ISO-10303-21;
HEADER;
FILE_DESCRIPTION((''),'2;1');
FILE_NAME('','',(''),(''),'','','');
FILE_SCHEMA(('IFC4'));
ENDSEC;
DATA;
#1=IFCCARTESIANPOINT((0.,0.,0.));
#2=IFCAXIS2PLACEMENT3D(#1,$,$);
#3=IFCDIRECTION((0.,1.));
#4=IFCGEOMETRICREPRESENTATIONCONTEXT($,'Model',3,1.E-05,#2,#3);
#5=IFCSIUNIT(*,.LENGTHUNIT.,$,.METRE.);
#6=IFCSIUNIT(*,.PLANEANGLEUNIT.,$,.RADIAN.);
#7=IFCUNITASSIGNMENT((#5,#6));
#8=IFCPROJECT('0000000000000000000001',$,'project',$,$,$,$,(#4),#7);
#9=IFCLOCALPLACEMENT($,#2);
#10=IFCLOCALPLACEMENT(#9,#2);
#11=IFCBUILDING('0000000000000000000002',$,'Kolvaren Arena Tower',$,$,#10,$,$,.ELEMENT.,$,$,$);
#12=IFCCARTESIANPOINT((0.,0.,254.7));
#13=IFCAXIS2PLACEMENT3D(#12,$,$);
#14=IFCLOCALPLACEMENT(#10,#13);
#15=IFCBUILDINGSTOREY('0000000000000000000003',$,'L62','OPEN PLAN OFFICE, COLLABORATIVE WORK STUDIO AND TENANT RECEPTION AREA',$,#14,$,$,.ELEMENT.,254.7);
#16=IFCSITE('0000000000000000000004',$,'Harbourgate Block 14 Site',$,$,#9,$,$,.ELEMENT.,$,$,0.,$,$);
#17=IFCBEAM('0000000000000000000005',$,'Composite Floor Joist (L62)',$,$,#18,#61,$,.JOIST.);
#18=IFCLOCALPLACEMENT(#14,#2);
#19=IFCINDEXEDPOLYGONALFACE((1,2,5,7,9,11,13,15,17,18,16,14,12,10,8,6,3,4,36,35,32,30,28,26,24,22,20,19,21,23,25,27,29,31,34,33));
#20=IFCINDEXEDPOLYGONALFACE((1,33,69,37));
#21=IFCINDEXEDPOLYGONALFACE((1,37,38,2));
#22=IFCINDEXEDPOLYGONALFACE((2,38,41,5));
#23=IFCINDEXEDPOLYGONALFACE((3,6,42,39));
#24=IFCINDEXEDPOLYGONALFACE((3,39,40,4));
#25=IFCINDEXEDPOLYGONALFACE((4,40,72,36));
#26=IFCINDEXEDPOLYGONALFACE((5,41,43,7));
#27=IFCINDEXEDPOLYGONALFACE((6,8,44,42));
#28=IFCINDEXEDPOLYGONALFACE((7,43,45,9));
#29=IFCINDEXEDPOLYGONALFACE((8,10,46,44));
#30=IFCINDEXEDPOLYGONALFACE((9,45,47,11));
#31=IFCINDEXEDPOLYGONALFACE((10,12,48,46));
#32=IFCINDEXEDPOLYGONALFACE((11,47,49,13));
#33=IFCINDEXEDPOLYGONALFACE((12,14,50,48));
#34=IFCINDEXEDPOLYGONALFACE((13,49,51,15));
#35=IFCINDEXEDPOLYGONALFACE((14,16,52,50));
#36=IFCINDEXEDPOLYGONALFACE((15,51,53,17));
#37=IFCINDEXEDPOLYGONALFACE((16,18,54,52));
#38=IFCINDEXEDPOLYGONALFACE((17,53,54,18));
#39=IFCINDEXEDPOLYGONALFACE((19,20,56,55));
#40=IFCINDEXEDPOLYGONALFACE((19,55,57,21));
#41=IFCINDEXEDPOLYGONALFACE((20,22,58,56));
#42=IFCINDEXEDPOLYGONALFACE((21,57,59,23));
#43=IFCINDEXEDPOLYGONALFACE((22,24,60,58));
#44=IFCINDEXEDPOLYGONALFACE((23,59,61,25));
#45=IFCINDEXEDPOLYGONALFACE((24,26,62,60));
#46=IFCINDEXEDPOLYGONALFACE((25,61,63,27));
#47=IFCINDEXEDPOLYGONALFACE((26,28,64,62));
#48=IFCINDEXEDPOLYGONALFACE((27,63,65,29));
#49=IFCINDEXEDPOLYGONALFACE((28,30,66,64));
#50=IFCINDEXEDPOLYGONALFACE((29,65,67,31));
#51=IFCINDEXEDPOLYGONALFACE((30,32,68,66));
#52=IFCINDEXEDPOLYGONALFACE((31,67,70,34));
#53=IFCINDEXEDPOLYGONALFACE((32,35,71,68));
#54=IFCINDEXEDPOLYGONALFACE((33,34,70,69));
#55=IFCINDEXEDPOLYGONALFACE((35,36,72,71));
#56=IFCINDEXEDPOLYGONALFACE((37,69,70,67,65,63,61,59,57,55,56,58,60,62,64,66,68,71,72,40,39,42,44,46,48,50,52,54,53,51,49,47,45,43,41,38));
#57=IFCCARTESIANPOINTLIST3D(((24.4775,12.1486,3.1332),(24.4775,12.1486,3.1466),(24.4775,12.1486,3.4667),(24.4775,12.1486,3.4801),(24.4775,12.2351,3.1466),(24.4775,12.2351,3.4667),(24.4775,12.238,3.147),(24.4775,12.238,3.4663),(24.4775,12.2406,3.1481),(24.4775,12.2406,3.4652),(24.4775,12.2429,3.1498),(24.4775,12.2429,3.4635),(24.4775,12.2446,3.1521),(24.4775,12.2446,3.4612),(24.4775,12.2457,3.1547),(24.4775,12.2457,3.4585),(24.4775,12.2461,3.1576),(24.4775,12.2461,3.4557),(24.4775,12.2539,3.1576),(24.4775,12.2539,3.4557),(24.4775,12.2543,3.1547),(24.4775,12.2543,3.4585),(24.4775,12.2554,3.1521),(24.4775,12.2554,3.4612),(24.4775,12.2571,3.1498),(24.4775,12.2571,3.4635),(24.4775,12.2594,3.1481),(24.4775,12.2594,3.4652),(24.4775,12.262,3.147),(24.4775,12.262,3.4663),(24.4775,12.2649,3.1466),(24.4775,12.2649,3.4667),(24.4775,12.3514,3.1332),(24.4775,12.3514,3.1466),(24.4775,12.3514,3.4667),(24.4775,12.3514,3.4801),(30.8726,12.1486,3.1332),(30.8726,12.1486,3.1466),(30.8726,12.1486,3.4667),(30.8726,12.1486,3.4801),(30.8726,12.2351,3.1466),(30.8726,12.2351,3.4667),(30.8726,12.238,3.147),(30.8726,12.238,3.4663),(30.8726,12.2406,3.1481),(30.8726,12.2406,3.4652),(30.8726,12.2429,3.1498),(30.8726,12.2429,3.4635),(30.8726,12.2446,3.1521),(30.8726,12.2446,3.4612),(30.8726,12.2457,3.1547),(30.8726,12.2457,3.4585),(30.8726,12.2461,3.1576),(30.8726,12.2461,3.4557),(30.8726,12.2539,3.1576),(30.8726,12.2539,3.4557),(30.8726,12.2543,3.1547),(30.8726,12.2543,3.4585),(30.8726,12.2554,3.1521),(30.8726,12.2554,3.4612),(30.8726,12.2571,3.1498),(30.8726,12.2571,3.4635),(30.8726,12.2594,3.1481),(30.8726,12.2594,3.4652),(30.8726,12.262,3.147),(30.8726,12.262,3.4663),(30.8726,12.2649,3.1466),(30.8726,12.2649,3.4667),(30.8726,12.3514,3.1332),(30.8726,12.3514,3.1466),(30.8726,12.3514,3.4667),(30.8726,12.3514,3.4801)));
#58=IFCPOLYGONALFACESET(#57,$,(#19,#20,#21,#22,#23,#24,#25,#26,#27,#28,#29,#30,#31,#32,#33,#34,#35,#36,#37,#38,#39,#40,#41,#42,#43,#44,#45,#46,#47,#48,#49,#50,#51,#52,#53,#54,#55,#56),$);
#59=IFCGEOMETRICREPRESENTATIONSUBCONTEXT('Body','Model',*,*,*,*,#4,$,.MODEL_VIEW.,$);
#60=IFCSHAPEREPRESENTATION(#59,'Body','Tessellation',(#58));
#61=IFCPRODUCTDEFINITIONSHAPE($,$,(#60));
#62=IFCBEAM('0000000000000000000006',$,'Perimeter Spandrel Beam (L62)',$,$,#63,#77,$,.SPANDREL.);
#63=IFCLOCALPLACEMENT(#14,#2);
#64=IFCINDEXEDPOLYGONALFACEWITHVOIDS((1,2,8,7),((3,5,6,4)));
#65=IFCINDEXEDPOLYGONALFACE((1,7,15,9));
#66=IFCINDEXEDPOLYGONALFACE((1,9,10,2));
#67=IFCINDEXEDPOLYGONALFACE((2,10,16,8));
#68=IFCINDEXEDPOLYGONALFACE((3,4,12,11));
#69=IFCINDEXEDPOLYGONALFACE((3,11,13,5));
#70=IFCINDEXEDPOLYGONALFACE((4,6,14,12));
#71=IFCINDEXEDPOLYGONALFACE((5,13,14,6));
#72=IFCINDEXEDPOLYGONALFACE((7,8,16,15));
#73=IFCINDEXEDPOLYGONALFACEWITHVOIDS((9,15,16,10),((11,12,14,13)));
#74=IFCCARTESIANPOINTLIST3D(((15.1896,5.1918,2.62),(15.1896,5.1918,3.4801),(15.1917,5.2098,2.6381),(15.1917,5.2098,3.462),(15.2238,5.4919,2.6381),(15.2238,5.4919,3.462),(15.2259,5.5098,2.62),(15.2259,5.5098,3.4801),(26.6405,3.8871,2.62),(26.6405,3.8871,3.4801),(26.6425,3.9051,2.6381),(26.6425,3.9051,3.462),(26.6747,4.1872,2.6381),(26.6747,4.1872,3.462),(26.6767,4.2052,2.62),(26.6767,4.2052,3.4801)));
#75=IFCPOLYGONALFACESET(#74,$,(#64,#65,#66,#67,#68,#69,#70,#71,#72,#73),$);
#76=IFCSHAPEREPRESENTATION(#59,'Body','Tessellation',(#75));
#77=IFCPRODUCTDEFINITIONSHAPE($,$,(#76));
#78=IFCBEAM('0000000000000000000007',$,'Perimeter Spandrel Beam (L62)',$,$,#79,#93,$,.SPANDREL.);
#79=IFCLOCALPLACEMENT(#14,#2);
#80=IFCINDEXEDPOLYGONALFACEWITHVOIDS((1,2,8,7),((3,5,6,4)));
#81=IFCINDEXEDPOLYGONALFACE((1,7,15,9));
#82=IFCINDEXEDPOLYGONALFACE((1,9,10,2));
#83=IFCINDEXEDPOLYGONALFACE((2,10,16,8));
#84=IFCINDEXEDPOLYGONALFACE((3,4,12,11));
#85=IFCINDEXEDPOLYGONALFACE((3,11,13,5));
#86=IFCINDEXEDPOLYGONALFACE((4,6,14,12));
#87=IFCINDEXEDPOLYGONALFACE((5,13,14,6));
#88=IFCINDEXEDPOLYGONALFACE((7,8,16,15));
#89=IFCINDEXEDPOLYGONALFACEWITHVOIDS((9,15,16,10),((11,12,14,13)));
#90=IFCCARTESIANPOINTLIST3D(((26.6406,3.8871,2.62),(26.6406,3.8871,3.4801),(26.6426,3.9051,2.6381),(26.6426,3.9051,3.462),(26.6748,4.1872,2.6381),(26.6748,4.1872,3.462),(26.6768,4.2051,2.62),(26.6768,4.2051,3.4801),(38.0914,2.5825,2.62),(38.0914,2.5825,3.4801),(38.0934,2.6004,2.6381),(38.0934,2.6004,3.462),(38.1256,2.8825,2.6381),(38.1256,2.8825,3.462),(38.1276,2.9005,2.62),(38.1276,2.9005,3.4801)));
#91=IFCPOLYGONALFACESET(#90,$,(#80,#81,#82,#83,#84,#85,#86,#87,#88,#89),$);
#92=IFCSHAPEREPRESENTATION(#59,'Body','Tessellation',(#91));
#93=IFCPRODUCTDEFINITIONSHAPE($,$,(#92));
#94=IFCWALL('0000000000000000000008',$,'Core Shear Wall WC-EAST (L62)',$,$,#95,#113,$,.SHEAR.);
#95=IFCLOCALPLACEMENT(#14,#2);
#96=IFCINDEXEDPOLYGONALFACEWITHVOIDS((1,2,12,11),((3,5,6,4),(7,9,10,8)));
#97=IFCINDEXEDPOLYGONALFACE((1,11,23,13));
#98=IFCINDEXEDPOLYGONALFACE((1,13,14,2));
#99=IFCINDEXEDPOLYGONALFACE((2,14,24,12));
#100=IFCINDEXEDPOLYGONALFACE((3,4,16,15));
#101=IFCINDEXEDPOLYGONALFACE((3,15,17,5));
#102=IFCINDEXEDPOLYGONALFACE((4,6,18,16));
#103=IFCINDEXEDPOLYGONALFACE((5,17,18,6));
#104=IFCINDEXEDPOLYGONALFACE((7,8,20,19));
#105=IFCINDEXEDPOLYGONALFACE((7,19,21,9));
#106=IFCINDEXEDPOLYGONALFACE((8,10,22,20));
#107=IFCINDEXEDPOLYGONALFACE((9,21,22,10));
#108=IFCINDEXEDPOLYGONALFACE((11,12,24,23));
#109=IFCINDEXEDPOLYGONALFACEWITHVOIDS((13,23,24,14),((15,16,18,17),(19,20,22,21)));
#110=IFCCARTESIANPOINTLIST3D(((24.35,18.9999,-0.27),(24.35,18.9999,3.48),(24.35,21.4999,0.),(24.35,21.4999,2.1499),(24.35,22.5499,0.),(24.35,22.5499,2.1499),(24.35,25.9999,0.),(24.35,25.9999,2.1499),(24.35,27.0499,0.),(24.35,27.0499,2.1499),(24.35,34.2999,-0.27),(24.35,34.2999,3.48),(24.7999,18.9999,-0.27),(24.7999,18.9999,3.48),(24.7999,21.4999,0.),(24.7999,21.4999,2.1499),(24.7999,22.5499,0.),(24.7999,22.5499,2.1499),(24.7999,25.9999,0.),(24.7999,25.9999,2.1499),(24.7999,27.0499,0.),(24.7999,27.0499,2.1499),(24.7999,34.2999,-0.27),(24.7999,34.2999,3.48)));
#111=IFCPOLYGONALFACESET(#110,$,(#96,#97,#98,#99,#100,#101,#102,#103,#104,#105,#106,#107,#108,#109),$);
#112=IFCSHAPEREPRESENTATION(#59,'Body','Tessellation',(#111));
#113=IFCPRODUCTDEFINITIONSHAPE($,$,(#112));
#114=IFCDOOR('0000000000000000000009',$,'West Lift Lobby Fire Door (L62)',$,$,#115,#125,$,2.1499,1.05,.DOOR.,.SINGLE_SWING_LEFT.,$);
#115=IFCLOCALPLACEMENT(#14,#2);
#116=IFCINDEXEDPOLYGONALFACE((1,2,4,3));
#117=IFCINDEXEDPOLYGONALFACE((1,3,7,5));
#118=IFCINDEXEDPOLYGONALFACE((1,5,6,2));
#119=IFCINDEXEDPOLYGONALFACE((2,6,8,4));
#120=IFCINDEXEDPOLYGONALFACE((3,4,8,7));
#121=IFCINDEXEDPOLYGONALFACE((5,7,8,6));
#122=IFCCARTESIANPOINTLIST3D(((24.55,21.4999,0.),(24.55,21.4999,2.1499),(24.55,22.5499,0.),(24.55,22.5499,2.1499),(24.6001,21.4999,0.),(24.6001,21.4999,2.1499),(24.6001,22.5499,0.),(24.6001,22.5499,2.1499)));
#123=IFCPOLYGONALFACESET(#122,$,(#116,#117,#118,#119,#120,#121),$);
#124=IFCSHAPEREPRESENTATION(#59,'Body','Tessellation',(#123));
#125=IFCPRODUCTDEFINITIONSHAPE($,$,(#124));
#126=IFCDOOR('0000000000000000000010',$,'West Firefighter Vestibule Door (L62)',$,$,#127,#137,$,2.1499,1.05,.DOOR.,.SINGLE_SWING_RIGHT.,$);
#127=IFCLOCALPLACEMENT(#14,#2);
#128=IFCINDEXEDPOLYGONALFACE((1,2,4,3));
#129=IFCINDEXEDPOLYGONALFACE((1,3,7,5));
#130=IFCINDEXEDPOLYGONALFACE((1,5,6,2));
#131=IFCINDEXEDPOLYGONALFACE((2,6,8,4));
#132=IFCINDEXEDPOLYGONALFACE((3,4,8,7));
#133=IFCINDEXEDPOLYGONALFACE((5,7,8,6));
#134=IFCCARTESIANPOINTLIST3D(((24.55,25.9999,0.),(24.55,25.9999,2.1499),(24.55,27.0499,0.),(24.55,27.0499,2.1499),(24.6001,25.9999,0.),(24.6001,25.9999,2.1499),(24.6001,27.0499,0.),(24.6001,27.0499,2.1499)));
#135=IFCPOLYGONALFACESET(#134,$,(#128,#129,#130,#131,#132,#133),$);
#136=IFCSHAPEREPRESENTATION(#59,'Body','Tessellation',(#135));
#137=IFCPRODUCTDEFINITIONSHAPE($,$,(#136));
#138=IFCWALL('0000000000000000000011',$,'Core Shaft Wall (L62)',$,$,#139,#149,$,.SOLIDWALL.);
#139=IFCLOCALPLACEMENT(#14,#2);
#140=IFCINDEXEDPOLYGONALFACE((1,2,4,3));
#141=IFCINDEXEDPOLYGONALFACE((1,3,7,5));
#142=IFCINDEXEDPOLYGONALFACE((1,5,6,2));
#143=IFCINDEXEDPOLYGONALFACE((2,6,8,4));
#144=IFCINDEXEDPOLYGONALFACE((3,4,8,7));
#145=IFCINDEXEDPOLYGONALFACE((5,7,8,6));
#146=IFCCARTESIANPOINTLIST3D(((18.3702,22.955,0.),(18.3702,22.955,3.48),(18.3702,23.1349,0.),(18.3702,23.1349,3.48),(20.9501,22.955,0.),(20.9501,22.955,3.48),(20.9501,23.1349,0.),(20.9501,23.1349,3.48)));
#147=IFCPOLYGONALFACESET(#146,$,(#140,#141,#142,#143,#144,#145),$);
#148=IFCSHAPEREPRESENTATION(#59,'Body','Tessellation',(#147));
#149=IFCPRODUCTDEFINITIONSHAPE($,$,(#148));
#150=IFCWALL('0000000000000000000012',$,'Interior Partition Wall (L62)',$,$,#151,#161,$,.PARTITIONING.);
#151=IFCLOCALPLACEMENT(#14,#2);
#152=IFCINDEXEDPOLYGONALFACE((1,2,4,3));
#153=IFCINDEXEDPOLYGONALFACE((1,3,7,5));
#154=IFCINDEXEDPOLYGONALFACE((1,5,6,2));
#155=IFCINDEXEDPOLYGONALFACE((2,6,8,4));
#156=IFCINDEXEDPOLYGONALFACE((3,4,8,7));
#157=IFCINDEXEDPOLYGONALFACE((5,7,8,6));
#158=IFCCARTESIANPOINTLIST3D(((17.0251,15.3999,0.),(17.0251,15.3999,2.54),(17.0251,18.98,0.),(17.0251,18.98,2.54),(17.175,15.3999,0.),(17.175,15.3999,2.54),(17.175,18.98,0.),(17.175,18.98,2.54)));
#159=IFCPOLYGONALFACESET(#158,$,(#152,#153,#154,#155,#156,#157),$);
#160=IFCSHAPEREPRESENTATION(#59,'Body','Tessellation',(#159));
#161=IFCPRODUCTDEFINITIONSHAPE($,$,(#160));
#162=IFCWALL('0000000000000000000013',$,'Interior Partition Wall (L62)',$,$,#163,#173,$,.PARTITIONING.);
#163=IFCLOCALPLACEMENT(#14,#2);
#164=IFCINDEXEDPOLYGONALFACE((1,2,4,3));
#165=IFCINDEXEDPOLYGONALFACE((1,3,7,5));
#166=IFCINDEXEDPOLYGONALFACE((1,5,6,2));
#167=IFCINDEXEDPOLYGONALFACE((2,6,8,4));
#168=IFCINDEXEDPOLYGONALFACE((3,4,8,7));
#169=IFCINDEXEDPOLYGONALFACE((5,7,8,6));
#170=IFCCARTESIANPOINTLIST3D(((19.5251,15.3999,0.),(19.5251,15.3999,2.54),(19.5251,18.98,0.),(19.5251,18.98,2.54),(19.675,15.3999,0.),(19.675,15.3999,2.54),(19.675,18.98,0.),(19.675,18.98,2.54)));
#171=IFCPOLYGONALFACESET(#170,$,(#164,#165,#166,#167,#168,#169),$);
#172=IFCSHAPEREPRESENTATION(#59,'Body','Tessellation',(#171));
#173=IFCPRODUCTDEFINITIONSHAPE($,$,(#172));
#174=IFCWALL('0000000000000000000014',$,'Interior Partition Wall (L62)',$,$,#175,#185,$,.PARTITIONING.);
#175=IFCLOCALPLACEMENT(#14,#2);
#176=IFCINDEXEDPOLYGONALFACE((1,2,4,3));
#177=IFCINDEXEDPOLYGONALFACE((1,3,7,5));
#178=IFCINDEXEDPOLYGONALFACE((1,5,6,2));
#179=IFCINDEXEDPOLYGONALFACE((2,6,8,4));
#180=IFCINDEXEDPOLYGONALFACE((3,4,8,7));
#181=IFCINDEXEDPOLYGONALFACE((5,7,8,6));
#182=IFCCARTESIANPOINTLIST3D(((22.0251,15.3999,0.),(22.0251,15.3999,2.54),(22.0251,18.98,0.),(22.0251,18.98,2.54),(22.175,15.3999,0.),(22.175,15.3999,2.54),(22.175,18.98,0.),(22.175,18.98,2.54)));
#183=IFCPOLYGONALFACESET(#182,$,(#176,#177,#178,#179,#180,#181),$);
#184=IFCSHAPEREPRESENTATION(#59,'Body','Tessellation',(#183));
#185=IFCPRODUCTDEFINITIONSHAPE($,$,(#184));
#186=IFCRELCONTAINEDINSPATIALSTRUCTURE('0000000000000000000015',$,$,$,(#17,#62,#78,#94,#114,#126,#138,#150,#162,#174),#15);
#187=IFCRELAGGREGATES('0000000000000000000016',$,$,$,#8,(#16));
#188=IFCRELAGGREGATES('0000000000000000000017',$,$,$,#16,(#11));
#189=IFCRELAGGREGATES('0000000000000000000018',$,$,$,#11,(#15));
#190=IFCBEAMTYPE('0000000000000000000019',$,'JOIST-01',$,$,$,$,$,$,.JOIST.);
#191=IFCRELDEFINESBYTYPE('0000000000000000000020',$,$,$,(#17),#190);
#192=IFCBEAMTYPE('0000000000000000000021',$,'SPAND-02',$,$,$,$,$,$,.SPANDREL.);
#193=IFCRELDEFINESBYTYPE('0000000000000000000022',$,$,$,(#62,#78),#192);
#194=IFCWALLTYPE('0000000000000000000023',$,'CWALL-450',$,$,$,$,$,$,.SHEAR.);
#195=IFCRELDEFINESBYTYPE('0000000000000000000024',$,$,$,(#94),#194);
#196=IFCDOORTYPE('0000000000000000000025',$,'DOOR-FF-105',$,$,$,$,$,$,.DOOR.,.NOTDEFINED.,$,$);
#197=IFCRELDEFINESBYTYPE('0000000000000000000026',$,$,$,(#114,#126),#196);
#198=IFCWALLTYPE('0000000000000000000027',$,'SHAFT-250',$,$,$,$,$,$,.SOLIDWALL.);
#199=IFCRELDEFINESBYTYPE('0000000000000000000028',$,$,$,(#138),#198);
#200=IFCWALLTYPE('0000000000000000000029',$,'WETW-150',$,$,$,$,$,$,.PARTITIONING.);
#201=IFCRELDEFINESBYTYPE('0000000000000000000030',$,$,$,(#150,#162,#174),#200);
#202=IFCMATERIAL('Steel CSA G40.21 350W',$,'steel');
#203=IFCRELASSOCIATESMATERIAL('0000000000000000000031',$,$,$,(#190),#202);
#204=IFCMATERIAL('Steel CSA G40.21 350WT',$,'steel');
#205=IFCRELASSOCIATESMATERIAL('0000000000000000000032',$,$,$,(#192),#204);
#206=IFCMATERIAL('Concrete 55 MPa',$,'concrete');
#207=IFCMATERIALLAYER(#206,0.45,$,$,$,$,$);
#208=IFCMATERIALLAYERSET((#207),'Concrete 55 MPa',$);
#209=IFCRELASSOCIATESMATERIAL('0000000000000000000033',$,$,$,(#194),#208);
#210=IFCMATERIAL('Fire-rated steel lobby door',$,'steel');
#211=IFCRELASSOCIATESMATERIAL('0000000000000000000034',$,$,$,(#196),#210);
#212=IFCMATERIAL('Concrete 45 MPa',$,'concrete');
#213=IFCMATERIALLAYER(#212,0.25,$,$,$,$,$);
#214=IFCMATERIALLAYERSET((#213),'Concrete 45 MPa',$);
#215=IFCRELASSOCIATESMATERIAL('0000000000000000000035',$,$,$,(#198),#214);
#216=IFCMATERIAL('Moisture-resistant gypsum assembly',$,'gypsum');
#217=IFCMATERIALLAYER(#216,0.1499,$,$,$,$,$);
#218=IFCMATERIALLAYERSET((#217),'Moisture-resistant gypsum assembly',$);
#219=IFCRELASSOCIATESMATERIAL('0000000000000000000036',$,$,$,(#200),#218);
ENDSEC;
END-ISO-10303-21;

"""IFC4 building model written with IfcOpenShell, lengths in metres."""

from ifc_helpers import new_model, si_unit, direction, frame, frame_2d, origin, origin_2d, place, context, subcontext, project, spatial, rectangle, hollow_rectangle, i_section, extrude, material, layer, layer_set, material_profile, profile_set, type_object, element, fill, save


model = new_model("IFC4")

# Units and contexts
model_context = context("Model", 3, precision=1e-05, world=origin(), true_north=direction((0.0, 1.0)))
body_context = subcontext(model_context, "Body", "Model", "MODEL_VIEW")
ifc_project = project(units=[si_unit("LENGTHUNIT", "METRE"), si_unit("PLANEANGLEUNIT", "RADIAN")], contexts=[model_context])

# Site, building, storey
site_placement = place(None, origin())
site = spatial("IfcSite", under=ifc_project, at=site_placement, Name="Harbourgate Block 14 Site", CompositionType="ELEMENT", RefElevation=0.0)
building_placement = place(site_placement, origin())
building = spatial("IfcBuilding", under=site, at=building_placement, Name="Kolvaren Arena Tower", CompositionType="ELEMENT")
storey_placement = place(building_placement, frame((0.0, 0.0, 254.7)))
storey = spatial("IfcBuildingStorey", under=building, at=storey_placement, Name="L62", Description="OPEN PLAN OFFICE, COLLABORATIVE WORK STUDIO AND TENANT RECEPTION AREA", CompositionType="ELEMENT", Elevation=254.7)

# Beams
ifc_material_1 = material(Name="Steel CSA G40.21 350W", Category="steel")
ifc_material_profile_1 = material_profile(ifc_material_1, i_section(OverallWidth=0.2029, OverallDepth=0.3469, WebThickness=0.0078, FlangeThickness=0.0134, FilletRadius=0.011, at=origin_2d()), Name="W360x64")
ifc_profile_set_1 = profile_set([ifc_material_profile_1], Name="Steel CSA G40.21 350W")
beam_type_1 = type_object("IfcBeamType", Name="JOIST-01", PredefinedType="JOIST", material=ifc_profile_set_1)
for number, where, z_axis, x_axis, name in (
    (1, (24.4775, 12.25, 3.3066), (1.0, 0.0, 0.0), (0.0, 1.0, 0.0), "Composite Floor Joist (L62)"),
):
    element("IfcBeam", number, at=place(storey_placement, frame(where, z_axis=z_axis, x_axis=x_axis)), inside=storey, type_object=beam_type_1, Name=name, PredefinedType="JOIST", context=body_context, shape_type="SweptSolid", body=[
        extrude(i_section(OverallWidth=0.2029, OverallDepth=0.3469, WebThickness=0.0078, FlangeThickness=0.0134, FilletRadius=0.011, at=origin_2d()), origin(), (0.0, 0.0, 1.0), 6.395),
    ])
ifc_material_2 = material(Name="Steel CSA G40.21 350WT", Category="steel")
ifc_material_profile_2 = material_profile(ifc_material_2, hollow_rectangle(XDim=0.3201, YDim=0.8601, WallThickness=0.0181, at=origin_2d()), Name="HSS 860x320x18")
ifc_profile_set_2 = profile_set([ifc_material_profile_2], Name="Steel CSA G40.21 350WT")
beam_type_2 = type_object("IfcBeamType", Name="SPAND-02", PredefinedType="SPANDREL", material=ifc_profile_set_2)
for number, where, z_axis, x_axis, name in (
    (2, (15.2078, 5.3508, 3.05), (0.993572, -0.113205, 0.0), (0.113205, 0.993572, 0.0), "Perimeter Spandrel Beam (L62)"),
    (3, (26.6587, 4.0461, 3.05), (0.993572, -0.113205, 0.0), (0.113205, 0.993572, 0.0), "Perimeter Spandrel Beam (L62)"),
):
    element("IfcBeam", number, at=place(storey_placement, frame(where, z_axis=z_axis, x_axis=x_axis)), inside=storey, type_object=beam_type_2, Name=name, PredefinedType="SPANDREL", context=body_context, shape_type="SweptSolid", body=[
        extrude(hollow_rectangle(XDim=0.3201, YDim=0.8601, WallThickness=0.0181, at=origin_2d()), origin(), (0.0, 0.0, 1.0), 11.5249),
    ])

# Wall, openings, doors
ifc_material_3 = material(Name="Concrete 55 MPa", Category="concrete")
ifc_layer_1 = layer(ifc_material_3, 0.45)
ifc_layer_set_1 = layer_set([ifc_layer_1], Name="Concrete 55 MPa")
wall_type_1 = type_object("IfcWallType", Name="CWALL-450", PredefinedType="SHEAR", material=ifc_layer_set_1)
wall_1_placement = place(storey_placement, frame((24.575, 19.0, -0.27), z_axis=(0.0, 0.0, 1.0), x_axis=(0.0, 1.0, 0.0)))
wall_1 = element("IfcWall", 4, at=wall_1_placement, inside=storey, type_object=wall_type_1, Name="Core Shear Wall WC-EAST (L62)", PredefinedType="SHEAR", context=body_context, shape_type="SweptSolid", body=[
    extrude(rectangle(XDim=15.3, YDim=0.45, at=frame_2d((7.6499, 0.0))), origin(), (0.0, 0.0, 1.0), 3.75),
])
opening_1_placement = place(wall_1_placement, frame((2.5, 0.0, 0.27)))
opening_1 = element("IfcOpeningElement", 5, at=opening_1_placement, cuts=wall_1, PredefinedType="OPENING", context=body_context, shape_type="SweptSolid", body=[
    extrude(rectangle(XDim=1.05, YDim=2.1499, at=frame_2d((0.5249, 1.075))), frame((0.0, 0.2349, 0.0), z_axis=(0.0, -1.0, 0.0), x_axis=(1.0, 0.0, 0.0)), (0.0, 0.0, 1.0), 0.47),
])
opening_2_placement = place(wall_1_placement, frame((7.0, 0.0, 0.27)))
opening_2 = element("IfcOpeningElement", 6, at=opening_2_placement, cuts=wall_1, PredefinedType="OPENING", context=body_context, shape_type="SweptSolid", body=[
    extrude(rectangle(XDim=1.05, YDim=2.1499, at=frame_2d((0.5249, 1.075))), frame((0.0, 0.2349, 0.0), z_axis=(0.0, -1.0, 0.0), x_axis=(1.0, 0.0, 0.0)), (0.0, 0.0, 1.0), 0.47),
])
ifc_material_4 = material(Name="Fire-rated steel lobby door", Category="steel")
door_type = type_object("IfcDoorType", Name="DOOR-FF-105", OperationType="NOTDEFINED", PredefinedType="DOOR", material=ifc_material_4)
door_1_placement = place(opening_1_placement, origin())
door_1 = element("IfcDoor", 7, at=door_1_placement, inside=storey, type_object=door_type, Name="West Lift Lobby Fire Door (L62)", OperationType="SINGLE_SWING_LEFT", OverallHeight=2.1499, OverallWidth=1.05, PredefinedType="DOOR", context=body_context, shape_type="SweptSolid", body=[
    extrude(rectangle(XDim=1.05, YDim=2.1499, at=frame_2d((0.5249, 1.075))), frame((0.0, 0.0249, 0.0), z_axis=(0.0, -1.0, 0.0), x_axis=(1.0, 0.0, 0.0)), (0.0, 0.0, 1.0), 0.05),
])
fill(opening_1, door_1)
door_2_placement = place(opening_2_placement, origin())
door_2 = element("IfcDoor", 8, at=door_2_placement, inside=storey, type_object=door_type, Name="West Firefighter Vestibule Door (L62)", OperationType="SINGLE_SWING_RIGHT", OverallHeight=2.1499, OverallWidth=1.05, PredefinedType="DOOR", context=body_context, shape_type="SweptSolid", body=[
    extrude(rectangle(XDim=1.05, YDim=2.1499, at=frame_2d((0.5249, 1.075))), frame((0.0, 0.0249, 0.0), z_axis=(0.0, -1.0, 0.0), x_axis=(1.0, 0.0, 0.0)), (0.0, 0.0, 1.0), 0.05),
])
fill(opening_2, door_2)

# Walls
ifc_material_5 = material(Name="Concrete 45 MPa", Category="concrete")
ifc_layer_2 = layer(ifc_material_5, 0.25)
ifc_layer_set_2 = layer_set([ifc_layer_2], Name="Concrete 45 MPa")
wall_type_2 = type_object("IfcWallType", Name="SHAFT-250", PredefinedType="SOLIDWALL", material=ifc_layer_set_2)
wall_2_placement = place(storey_placement, frame((18.3701, 23.0449, 0.0), z_axis=(0.0, 0.0, 1.0), x_axis=(1.0, 0.0, 0.0)))
element("IfcWall", 9, at=wall_2_placement, inside=storey, type_object=wall_type_2, Name="Core Shaft Wall (L62)", PredefinedType="SOLIDWALL", context=body_context, shape_type="SweptSolid", body=[
    extrude(rectangle(XDim=2.5798, YDim=0.1799, at=frame_2d((1.29, 0.0))), origin(), (0.0, 0.0, 1.0), 3.48),
])
ifc_material_6 = material(Name="Moisture-resistant gypsum assembly", Category="gypsum")
ifc_layer_3 = layer(ifc_material_6, 0.1499)
ifc_layer_set_3 = layer_set([ifc_layer_3], Name="Moisture-resistant gypsum assembly")
wall_type_3 = type_object("IfcWallType", Name="WETW-150", PredefinedType="PARTITIONING", material=ifc_layer_set_3)
for number, where, z_axis, x_axis, name in (
    (10, (17.1001, 15.3999, 0.0), (0.0, 0.0, 1.0), (0.0, 1.0, 0.0), "Interior Partition Wall (L62)"),
    (11, (19.6001, 15.3999, 0.0), (0.0, 0.0, 1.0), (0.0, 1.0, 0.0), "Interior Partition Wall (L62)"),
    (12, (22.1001, 15.3999, 0.0), (0.0, 0.0, 1.0), (0.0, 1.0, 0.0), "Interior Partition Wall (L62)"),
):
    element("IfcWall", number, at=place(storey_placement, frame(where, z_axis=z_axis, x_axis=x_axis)), inside=storey, type_object=wall_type_3, Name=name, PredefinedType="PARTITIONING", context=body_context, shape_type="SweptSolid", body=[
        extrude(rectangle(XDim=3.5801, YDim=0.1499, at=frame_2d((1.79, 0.0))), origin(), (0.0, 0.0, 1.0), 2.54),
    ])

save(model, "model.ifc")
